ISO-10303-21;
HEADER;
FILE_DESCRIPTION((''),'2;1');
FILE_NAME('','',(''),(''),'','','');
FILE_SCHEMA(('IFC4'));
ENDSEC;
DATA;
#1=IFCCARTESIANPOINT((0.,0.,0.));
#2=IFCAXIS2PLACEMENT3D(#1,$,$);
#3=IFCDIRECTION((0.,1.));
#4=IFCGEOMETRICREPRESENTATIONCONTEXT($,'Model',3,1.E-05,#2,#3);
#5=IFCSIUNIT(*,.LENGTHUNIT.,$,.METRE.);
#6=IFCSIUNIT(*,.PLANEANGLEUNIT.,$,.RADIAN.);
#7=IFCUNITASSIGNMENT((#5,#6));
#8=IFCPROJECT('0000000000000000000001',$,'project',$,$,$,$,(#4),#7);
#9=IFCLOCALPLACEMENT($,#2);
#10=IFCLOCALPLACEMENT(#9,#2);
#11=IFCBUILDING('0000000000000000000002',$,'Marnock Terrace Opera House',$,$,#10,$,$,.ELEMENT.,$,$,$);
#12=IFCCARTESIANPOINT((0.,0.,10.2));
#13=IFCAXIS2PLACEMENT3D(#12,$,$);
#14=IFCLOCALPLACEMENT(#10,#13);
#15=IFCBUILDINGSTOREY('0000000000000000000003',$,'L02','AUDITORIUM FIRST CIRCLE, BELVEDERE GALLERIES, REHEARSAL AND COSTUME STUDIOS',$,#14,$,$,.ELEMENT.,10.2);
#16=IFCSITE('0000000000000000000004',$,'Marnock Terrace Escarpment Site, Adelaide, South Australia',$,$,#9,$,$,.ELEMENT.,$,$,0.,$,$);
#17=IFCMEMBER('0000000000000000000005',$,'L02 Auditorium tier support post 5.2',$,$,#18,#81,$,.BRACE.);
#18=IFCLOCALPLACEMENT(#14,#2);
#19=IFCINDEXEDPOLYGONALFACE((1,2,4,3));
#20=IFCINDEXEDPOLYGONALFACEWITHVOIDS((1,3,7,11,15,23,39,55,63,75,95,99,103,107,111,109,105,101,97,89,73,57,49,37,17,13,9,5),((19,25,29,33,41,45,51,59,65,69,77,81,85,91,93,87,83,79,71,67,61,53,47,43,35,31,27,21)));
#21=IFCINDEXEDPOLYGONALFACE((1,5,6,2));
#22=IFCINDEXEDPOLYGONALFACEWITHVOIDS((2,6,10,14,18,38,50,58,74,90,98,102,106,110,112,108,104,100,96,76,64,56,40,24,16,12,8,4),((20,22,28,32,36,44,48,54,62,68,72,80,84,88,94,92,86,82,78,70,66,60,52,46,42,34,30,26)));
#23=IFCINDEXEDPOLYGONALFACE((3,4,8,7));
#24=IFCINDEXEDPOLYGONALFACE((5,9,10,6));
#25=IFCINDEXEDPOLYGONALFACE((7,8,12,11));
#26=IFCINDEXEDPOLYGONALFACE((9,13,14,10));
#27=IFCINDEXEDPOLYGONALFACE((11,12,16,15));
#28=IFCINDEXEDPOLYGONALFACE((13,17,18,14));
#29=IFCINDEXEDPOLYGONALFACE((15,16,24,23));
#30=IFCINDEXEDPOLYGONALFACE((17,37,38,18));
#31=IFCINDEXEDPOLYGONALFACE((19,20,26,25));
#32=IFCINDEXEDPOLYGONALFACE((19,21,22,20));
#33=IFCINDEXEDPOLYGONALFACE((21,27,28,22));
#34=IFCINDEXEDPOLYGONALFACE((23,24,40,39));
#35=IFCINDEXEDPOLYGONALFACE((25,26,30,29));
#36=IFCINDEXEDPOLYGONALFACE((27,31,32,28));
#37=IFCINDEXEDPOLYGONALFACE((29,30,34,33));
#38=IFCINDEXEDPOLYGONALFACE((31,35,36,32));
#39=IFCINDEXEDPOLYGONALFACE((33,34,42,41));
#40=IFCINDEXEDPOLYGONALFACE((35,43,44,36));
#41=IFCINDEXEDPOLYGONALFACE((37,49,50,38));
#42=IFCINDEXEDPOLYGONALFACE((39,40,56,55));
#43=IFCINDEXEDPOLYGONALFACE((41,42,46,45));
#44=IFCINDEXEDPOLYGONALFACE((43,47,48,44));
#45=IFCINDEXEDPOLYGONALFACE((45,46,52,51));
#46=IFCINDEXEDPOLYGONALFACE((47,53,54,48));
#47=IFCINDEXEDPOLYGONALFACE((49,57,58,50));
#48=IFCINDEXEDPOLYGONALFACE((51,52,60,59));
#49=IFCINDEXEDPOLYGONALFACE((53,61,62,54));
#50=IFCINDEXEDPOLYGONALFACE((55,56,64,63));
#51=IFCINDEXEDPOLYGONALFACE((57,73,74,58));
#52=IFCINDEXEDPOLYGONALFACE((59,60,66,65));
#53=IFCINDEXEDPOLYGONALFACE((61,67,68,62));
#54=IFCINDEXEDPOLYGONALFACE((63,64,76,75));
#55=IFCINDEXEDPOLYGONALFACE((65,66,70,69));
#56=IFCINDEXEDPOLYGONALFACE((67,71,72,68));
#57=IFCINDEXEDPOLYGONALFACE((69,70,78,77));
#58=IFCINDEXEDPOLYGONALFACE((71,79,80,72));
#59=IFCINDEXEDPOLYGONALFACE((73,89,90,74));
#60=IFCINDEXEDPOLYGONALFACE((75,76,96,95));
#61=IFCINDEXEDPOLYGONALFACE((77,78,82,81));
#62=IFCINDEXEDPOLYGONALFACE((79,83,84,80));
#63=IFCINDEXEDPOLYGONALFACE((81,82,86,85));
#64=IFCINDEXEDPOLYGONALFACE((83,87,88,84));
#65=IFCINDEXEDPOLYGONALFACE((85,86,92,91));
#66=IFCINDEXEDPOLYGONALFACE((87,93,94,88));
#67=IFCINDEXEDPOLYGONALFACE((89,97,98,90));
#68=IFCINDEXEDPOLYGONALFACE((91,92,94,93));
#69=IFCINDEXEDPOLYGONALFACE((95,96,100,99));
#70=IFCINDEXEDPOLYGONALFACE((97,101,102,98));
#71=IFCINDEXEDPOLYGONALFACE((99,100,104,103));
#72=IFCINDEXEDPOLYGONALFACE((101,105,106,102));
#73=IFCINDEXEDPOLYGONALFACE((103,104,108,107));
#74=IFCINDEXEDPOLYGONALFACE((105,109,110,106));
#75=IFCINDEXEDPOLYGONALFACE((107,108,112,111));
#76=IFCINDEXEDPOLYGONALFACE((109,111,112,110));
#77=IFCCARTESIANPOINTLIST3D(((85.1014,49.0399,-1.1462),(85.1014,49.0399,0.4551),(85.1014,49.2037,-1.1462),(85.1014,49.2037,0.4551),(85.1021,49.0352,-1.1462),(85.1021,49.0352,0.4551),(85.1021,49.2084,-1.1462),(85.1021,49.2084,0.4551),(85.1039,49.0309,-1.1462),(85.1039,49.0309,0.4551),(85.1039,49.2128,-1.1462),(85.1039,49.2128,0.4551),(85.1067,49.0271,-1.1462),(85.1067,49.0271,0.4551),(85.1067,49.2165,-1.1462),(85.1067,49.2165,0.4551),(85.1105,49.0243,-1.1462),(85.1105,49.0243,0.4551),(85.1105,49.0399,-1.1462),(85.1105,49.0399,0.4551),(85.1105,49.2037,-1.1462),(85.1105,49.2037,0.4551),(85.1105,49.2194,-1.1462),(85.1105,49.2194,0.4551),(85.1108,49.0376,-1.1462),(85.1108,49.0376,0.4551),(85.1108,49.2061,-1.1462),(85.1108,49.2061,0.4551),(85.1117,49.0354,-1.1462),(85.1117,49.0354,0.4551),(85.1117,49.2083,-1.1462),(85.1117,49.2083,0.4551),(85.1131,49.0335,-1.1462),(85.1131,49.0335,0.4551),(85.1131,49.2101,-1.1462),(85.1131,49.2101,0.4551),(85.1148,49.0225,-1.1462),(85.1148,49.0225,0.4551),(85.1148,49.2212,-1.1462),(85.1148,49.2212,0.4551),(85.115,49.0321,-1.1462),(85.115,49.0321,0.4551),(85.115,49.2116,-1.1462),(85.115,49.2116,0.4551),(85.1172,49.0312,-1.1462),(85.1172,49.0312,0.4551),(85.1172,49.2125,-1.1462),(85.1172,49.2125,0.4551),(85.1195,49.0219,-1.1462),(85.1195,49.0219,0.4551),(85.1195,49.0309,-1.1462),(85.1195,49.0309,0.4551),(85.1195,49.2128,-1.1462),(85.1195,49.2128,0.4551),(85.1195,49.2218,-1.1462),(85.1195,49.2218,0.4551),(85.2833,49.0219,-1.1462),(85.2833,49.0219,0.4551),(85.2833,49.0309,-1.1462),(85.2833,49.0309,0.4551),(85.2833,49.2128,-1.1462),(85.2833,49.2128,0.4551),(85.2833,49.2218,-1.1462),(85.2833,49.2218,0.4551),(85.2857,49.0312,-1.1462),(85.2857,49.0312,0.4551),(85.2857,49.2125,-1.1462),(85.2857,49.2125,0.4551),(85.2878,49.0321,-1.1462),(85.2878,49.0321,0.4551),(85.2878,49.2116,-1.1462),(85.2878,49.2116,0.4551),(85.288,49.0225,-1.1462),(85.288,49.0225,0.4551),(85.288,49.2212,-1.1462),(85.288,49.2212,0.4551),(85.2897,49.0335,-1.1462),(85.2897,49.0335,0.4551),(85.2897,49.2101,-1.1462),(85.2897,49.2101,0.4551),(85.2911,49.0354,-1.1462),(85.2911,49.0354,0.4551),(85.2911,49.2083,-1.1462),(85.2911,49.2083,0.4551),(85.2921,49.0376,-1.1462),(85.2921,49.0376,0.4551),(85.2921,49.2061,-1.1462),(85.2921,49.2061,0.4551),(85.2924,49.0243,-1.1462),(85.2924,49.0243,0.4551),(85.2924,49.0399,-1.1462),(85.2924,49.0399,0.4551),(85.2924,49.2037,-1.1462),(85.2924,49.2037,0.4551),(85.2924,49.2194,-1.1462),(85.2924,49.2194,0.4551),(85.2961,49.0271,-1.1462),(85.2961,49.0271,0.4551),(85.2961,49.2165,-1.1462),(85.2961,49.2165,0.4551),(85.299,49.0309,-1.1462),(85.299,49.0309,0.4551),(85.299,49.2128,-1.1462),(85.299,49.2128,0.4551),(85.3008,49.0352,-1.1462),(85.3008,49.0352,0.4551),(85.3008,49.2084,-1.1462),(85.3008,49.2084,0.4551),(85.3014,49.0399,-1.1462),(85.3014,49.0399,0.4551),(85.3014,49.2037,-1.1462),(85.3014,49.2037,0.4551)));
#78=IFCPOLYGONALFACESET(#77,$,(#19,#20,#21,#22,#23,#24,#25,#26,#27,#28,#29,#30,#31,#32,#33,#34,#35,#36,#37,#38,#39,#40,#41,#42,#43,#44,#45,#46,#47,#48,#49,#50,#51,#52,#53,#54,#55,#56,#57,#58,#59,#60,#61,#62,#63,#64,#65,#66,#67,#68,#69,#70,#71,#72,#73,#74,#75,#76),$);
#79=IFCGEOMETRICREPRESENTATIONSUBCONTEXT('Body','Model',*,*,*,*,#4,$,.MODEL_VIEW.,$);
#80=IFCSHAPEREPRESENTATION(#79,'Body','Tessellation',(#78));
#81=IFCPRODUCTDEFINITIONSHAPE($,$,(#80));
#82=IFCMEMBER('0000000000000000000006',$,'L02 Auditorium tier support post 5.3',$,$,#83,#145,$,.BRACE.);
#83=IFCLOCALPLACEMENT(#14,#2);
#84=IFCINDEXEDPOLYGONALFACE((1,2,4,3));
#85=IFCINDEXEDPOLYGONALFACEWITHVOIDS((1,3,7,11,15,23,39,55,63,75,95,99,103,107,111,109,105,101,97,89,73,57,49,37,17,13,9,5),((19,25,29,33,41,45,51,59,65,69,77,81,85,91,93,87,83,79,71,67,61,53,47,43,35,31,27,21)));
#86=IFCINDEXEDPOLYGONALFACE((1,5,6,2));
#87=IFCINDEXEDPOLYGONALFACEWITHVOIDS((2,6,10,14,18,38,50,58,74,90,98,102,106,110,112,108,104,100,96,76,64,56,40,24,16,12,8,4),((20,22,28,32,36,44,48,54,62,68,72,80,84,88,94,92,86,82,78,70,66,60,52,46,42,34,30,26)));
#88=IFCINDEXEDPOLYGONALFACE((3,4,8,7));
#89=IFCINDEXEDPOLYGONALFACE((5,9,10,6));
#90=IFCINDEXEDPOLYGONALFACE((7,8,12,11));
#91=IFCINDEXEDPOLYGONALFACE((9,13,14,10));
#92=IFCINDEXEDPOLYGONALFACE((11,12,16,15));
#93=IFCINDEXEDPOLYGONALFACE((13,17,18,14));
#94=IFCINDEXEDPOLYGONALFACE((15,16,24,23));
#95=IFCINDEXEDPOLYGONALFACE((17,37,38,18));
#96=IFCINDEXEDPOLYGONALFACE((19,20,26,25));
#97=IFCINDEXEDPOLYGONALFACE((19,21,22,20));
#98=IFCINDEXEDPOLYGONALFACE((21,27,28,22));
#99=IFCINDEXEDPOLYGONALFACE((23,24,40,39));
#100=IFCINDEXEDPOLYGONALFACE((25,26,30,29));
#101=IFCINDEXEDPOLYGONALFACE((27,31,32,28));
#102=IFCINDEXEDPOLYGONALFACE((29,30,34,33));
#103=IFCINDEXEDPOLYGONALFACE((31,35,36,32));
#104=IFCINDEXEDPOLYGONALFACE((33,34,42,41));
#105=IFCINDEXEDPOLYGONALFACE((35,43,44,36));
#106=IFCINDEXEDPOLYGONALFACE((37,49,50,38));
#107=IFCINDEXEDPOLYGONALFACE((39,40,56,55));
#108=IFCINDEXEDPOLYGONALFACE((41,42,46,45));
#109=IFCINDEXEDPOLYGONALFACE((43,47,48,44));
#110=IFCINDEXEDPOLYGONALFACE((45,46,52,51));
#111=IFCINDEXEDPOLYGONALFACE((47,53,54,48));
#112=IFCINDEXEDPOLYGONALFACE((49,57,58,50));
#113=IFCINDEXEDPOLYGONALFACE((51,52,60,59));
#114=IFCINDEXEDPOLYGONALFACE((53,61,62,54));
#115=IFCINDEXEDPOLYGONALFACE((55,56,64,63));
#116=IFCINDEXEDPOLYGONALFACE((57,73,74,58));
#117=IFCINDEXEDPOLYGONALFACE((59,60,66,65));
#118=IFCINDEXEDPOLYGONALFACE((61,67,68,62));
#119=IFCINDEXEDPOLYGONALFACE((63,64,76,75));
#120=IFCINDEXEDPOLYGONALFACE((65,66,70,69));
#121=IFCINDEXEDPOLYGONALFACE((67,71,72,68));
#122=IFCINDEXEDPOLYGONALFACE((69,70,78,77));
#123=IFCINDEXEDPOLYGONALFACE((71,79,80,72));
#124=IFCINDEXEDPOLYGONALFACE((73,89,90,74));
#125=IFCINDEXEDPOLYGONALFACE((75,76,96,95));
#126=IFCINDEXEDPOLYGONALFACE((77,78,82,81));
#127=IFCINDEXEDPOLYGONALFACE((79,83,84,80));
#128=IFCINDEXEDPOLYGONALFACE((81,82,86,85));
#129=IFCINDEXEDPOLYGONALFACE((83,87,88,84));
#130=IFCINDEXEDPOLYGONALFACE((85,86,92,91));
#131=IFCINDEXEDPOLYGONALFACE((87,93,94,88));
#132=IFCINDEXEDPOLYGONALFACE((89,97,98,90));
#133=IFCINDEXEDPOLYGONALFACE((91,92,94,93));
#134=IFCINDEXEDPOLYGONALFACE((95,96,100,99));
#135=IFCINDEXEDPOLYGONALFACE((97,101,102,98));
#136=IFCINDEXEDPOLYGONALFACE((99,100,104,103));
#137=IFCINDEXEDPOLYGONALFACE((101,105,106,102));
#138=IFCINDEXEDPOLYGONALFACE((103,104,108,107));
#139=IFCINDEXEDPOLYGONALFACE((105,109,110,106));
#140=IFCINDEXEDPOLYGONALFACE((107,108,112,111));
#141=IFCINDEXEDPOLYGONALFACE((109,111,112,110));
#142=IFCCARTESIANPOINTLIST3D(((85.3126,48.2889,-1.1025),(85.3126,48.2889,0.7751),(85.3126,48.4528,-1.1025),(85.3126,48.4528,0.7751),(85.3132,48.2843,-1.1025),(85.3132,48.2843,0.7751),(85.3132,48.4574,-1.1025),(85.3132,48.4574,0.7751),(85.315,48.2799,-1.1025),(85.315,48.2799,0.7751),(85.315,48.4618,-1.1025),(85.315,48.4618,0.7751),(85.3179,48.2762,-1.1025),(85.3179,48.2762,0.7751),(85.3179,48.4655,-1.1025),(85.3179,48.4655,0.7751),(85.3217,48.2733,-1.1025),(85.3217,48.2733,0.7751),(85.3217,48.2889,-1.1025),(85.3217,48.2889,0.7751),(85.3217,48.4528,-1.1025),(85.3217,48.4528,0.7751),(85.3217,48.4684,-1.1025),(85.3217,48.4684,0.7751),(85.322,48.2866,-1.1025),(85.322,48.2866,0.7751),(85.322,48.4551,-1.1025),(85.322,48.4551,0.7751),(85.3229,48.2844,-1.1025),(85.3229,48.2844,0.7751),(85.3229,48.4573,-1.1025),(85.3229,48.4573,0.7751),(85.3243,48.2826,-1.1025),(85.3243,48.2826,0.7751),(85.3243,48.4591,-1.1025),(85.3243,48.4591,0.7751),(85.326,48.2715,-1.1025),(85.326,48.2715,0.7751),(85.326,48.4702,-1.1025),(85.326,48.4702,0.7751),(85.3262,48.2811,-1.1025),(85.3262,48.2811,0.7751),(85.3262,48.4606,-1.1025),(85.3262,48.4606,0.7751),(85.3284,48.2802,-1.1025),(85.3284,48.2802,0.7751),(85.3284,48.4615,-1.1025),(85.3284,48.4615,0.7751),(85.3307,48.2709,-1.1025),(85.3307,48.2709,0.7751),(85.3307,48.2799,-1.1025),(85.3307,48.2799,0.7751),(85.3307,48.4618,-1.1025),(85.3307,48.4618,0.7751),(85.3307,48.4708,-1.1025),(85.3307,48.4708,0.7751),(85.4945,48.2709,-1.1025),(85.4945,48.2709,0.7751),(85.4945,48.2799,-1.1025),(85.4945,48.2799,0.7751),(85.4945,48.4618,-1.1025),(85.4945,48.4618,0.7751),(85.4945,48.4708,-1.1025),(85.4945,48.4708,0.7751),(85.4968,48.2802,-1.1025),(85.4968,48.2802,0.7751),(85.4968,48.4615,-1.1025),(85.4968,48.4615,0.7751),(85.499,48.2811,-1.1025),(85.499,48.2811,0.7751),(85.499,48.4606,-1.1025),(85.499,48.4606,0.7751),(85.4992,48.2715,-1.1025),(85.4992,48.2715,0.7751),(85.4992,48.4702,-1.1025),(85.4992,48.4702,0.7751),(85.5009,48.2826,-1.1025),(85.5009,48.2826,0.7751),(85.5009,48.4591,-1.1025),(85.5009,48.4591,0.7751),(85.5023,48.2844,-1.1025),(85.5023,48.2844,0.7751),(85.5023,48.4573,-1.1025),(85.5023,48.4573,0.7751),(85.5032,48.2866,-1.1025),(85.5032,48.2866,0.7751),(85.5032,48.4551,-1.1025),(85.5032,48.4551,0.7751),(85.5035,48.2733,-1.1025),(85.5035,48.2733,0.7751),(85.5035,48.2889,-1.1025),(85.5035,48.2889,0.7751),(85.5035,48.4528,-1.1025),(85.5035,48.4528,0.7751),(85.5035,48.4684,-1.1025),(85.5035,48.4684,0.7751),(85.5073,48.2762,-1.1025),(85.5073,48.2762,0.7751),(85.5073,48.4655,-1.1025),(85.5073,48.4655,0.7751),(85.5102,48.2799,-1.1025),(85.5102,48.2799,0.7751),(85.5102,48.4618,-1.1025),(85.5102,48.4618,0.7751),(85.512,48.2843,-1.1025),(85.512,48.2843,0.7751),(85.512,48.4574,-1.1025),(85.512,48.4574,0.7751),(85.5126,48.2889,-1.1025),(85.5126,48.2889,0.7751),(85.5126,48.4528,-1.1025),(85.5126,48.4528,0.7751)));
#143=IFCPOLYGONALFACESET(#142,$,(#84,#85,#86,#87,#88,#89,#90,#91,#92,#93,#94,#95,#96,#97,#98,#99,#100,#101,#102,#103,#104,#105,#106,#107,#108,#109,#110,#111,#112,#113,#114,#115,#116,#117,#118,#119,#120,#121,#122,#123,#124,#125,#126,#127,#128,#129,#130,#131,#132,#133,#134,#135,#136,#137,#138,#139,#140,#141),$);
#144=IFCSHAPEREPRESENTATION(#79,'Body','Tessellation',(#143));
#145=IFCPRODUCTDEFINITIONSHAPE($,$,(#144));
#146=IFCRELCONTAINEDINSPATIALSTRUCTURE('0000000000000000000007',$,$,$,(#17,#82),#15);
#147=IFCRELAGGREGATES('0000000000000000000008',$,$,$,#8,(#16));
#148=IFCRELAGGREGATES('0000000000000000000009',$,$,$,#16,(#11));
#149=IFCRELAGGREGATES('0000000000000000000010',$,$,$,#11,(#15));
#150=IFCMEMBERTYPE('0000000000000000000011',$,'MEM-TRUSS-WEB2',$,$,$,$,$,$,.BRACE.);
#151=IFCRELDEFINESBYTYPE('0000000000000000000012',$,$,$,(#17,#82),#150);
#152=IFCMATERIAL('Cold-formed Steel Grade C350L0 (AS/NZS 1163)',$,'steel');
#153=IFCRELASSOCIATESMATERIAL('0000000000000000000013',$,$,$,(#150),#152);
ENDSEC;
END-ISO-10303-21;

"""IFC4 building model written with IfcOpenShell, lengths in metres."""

from ifc_helpers import new_model, si_unit, direction, frame, origin, origin_2d, place, context, subcontext, project, spatial, hollow_rectangle, extrude, material, material_profile, profile_set, type_object, element, save


model = new_model("IFC4")

# Units and contexts
model_context = context("Model", 3, precision=1e-05, world=origin(), true_north=direction((0.0, 1.0)))
body_context = subcontext(model_context, "Body", "Model", "MODEL_VIEW")
ifc_project = project(units=[si_unit("LENGTHUNIT", "METRE"), si_unit("PLANEANGLEUNIT", "RADIAN")], contexts=[model_context])

# Site, building, storey
site_placement = place(None, origin())
site = spatial("IfcSite", under=ifc_project, at=site_placement, Name="Marnock Terrace Escarpment Site, Adelaide, South Australia", CompositionType="ELEMENT", RefElevation=0.0)
building_placement = place(site_placement, origin())
building = spatial("IfcBuilding", under=site, at=building_placement, Name="Marnock Terrace Opera House", CompositionType="ELEMENT")
storey_placement = place(building_placement, frame((0.0, 0.0, 10.2)))
storey = spatial("IfcBuildingStorey", under=building, at=storey_placement, Name="L02", Description="AUDITORIUM FIRST CIRCLE, BELVEDERE GALLERIES, REHEARSAL AND COSTUME STUDIOS", CompositionType="ELEMENT", Elevation=10.2)

# Members
ifc_material_1 = material(Name="Cold-formed Steel Grade C350L0 (AS/NZS 1163)", Category="steel")
ifc_material_profile_1 = material_profile(ifc_material_1, hollow_rectangle(XDim=0.2, YDim=0.2, WallThickness=0.009, InnerFilletRadius=0.009, OuterFilletRadius=0.0181, at=origin_2d()))
ifc_profile_set_1 = profile_set([ifc_material_profile_1], Name="Cold-formed Steel Grade C350L0 (AS/NZS 1163)")
member_type = type_object("IfcMemberType", Name="MEM-TRUSS-WEB2", PredefinedType="BRACE", material=ifc_profile_set_1)
member_1_placement = place(storey_placement, frame((85.2014, 49.1218, -1.1462), z_axis=(0.0, 0.0, 1.0), x_axis=(1.0, 0.0, 0.0)))
element("IfcMember", 1, at=member_1_placement, inside=storey, type_object=member_type, Name="L02 Auditorium tier support post 5.2", PredefinedType="BRACE", context=body_context, shape_type="SweptSolid", body=[
    extrude(hollow_rectangle(XDim=0.2, YDim=0.2, WallThickness=0.009, InnerFilletRadius=0.009, OuterFilletRadius=0.0181, at=origin_2d()), origin(), (0.0, 0.0, 1.0), 1.6013),
])
member_2_placement = place(storey_placement, frame((85.4126, 48.3708, -1.1025), z_axis=(0.0, 0.0, 1.0), x_axis=(1.0, 0.0, 0.0)))
element("IfcMember", 2, at=member_2_placement, inside=storey, type_object=member_type, Name="L02 Auditorium tier support post 5.3", PredefinedType="BRACE", context=body_context, shape_type="SweptSolid", body=[
    extrude(hollow_rectangle(XDim=0.2, YDim=0.2, WallThickness=0.009, InnerFilletRadius=0.009, OuterFilletRadius=0.0181, at=origin_2d()), origin(), (0.0, 0.0, 1.0), 1.8777),
])

save(model, "model.ifc")
